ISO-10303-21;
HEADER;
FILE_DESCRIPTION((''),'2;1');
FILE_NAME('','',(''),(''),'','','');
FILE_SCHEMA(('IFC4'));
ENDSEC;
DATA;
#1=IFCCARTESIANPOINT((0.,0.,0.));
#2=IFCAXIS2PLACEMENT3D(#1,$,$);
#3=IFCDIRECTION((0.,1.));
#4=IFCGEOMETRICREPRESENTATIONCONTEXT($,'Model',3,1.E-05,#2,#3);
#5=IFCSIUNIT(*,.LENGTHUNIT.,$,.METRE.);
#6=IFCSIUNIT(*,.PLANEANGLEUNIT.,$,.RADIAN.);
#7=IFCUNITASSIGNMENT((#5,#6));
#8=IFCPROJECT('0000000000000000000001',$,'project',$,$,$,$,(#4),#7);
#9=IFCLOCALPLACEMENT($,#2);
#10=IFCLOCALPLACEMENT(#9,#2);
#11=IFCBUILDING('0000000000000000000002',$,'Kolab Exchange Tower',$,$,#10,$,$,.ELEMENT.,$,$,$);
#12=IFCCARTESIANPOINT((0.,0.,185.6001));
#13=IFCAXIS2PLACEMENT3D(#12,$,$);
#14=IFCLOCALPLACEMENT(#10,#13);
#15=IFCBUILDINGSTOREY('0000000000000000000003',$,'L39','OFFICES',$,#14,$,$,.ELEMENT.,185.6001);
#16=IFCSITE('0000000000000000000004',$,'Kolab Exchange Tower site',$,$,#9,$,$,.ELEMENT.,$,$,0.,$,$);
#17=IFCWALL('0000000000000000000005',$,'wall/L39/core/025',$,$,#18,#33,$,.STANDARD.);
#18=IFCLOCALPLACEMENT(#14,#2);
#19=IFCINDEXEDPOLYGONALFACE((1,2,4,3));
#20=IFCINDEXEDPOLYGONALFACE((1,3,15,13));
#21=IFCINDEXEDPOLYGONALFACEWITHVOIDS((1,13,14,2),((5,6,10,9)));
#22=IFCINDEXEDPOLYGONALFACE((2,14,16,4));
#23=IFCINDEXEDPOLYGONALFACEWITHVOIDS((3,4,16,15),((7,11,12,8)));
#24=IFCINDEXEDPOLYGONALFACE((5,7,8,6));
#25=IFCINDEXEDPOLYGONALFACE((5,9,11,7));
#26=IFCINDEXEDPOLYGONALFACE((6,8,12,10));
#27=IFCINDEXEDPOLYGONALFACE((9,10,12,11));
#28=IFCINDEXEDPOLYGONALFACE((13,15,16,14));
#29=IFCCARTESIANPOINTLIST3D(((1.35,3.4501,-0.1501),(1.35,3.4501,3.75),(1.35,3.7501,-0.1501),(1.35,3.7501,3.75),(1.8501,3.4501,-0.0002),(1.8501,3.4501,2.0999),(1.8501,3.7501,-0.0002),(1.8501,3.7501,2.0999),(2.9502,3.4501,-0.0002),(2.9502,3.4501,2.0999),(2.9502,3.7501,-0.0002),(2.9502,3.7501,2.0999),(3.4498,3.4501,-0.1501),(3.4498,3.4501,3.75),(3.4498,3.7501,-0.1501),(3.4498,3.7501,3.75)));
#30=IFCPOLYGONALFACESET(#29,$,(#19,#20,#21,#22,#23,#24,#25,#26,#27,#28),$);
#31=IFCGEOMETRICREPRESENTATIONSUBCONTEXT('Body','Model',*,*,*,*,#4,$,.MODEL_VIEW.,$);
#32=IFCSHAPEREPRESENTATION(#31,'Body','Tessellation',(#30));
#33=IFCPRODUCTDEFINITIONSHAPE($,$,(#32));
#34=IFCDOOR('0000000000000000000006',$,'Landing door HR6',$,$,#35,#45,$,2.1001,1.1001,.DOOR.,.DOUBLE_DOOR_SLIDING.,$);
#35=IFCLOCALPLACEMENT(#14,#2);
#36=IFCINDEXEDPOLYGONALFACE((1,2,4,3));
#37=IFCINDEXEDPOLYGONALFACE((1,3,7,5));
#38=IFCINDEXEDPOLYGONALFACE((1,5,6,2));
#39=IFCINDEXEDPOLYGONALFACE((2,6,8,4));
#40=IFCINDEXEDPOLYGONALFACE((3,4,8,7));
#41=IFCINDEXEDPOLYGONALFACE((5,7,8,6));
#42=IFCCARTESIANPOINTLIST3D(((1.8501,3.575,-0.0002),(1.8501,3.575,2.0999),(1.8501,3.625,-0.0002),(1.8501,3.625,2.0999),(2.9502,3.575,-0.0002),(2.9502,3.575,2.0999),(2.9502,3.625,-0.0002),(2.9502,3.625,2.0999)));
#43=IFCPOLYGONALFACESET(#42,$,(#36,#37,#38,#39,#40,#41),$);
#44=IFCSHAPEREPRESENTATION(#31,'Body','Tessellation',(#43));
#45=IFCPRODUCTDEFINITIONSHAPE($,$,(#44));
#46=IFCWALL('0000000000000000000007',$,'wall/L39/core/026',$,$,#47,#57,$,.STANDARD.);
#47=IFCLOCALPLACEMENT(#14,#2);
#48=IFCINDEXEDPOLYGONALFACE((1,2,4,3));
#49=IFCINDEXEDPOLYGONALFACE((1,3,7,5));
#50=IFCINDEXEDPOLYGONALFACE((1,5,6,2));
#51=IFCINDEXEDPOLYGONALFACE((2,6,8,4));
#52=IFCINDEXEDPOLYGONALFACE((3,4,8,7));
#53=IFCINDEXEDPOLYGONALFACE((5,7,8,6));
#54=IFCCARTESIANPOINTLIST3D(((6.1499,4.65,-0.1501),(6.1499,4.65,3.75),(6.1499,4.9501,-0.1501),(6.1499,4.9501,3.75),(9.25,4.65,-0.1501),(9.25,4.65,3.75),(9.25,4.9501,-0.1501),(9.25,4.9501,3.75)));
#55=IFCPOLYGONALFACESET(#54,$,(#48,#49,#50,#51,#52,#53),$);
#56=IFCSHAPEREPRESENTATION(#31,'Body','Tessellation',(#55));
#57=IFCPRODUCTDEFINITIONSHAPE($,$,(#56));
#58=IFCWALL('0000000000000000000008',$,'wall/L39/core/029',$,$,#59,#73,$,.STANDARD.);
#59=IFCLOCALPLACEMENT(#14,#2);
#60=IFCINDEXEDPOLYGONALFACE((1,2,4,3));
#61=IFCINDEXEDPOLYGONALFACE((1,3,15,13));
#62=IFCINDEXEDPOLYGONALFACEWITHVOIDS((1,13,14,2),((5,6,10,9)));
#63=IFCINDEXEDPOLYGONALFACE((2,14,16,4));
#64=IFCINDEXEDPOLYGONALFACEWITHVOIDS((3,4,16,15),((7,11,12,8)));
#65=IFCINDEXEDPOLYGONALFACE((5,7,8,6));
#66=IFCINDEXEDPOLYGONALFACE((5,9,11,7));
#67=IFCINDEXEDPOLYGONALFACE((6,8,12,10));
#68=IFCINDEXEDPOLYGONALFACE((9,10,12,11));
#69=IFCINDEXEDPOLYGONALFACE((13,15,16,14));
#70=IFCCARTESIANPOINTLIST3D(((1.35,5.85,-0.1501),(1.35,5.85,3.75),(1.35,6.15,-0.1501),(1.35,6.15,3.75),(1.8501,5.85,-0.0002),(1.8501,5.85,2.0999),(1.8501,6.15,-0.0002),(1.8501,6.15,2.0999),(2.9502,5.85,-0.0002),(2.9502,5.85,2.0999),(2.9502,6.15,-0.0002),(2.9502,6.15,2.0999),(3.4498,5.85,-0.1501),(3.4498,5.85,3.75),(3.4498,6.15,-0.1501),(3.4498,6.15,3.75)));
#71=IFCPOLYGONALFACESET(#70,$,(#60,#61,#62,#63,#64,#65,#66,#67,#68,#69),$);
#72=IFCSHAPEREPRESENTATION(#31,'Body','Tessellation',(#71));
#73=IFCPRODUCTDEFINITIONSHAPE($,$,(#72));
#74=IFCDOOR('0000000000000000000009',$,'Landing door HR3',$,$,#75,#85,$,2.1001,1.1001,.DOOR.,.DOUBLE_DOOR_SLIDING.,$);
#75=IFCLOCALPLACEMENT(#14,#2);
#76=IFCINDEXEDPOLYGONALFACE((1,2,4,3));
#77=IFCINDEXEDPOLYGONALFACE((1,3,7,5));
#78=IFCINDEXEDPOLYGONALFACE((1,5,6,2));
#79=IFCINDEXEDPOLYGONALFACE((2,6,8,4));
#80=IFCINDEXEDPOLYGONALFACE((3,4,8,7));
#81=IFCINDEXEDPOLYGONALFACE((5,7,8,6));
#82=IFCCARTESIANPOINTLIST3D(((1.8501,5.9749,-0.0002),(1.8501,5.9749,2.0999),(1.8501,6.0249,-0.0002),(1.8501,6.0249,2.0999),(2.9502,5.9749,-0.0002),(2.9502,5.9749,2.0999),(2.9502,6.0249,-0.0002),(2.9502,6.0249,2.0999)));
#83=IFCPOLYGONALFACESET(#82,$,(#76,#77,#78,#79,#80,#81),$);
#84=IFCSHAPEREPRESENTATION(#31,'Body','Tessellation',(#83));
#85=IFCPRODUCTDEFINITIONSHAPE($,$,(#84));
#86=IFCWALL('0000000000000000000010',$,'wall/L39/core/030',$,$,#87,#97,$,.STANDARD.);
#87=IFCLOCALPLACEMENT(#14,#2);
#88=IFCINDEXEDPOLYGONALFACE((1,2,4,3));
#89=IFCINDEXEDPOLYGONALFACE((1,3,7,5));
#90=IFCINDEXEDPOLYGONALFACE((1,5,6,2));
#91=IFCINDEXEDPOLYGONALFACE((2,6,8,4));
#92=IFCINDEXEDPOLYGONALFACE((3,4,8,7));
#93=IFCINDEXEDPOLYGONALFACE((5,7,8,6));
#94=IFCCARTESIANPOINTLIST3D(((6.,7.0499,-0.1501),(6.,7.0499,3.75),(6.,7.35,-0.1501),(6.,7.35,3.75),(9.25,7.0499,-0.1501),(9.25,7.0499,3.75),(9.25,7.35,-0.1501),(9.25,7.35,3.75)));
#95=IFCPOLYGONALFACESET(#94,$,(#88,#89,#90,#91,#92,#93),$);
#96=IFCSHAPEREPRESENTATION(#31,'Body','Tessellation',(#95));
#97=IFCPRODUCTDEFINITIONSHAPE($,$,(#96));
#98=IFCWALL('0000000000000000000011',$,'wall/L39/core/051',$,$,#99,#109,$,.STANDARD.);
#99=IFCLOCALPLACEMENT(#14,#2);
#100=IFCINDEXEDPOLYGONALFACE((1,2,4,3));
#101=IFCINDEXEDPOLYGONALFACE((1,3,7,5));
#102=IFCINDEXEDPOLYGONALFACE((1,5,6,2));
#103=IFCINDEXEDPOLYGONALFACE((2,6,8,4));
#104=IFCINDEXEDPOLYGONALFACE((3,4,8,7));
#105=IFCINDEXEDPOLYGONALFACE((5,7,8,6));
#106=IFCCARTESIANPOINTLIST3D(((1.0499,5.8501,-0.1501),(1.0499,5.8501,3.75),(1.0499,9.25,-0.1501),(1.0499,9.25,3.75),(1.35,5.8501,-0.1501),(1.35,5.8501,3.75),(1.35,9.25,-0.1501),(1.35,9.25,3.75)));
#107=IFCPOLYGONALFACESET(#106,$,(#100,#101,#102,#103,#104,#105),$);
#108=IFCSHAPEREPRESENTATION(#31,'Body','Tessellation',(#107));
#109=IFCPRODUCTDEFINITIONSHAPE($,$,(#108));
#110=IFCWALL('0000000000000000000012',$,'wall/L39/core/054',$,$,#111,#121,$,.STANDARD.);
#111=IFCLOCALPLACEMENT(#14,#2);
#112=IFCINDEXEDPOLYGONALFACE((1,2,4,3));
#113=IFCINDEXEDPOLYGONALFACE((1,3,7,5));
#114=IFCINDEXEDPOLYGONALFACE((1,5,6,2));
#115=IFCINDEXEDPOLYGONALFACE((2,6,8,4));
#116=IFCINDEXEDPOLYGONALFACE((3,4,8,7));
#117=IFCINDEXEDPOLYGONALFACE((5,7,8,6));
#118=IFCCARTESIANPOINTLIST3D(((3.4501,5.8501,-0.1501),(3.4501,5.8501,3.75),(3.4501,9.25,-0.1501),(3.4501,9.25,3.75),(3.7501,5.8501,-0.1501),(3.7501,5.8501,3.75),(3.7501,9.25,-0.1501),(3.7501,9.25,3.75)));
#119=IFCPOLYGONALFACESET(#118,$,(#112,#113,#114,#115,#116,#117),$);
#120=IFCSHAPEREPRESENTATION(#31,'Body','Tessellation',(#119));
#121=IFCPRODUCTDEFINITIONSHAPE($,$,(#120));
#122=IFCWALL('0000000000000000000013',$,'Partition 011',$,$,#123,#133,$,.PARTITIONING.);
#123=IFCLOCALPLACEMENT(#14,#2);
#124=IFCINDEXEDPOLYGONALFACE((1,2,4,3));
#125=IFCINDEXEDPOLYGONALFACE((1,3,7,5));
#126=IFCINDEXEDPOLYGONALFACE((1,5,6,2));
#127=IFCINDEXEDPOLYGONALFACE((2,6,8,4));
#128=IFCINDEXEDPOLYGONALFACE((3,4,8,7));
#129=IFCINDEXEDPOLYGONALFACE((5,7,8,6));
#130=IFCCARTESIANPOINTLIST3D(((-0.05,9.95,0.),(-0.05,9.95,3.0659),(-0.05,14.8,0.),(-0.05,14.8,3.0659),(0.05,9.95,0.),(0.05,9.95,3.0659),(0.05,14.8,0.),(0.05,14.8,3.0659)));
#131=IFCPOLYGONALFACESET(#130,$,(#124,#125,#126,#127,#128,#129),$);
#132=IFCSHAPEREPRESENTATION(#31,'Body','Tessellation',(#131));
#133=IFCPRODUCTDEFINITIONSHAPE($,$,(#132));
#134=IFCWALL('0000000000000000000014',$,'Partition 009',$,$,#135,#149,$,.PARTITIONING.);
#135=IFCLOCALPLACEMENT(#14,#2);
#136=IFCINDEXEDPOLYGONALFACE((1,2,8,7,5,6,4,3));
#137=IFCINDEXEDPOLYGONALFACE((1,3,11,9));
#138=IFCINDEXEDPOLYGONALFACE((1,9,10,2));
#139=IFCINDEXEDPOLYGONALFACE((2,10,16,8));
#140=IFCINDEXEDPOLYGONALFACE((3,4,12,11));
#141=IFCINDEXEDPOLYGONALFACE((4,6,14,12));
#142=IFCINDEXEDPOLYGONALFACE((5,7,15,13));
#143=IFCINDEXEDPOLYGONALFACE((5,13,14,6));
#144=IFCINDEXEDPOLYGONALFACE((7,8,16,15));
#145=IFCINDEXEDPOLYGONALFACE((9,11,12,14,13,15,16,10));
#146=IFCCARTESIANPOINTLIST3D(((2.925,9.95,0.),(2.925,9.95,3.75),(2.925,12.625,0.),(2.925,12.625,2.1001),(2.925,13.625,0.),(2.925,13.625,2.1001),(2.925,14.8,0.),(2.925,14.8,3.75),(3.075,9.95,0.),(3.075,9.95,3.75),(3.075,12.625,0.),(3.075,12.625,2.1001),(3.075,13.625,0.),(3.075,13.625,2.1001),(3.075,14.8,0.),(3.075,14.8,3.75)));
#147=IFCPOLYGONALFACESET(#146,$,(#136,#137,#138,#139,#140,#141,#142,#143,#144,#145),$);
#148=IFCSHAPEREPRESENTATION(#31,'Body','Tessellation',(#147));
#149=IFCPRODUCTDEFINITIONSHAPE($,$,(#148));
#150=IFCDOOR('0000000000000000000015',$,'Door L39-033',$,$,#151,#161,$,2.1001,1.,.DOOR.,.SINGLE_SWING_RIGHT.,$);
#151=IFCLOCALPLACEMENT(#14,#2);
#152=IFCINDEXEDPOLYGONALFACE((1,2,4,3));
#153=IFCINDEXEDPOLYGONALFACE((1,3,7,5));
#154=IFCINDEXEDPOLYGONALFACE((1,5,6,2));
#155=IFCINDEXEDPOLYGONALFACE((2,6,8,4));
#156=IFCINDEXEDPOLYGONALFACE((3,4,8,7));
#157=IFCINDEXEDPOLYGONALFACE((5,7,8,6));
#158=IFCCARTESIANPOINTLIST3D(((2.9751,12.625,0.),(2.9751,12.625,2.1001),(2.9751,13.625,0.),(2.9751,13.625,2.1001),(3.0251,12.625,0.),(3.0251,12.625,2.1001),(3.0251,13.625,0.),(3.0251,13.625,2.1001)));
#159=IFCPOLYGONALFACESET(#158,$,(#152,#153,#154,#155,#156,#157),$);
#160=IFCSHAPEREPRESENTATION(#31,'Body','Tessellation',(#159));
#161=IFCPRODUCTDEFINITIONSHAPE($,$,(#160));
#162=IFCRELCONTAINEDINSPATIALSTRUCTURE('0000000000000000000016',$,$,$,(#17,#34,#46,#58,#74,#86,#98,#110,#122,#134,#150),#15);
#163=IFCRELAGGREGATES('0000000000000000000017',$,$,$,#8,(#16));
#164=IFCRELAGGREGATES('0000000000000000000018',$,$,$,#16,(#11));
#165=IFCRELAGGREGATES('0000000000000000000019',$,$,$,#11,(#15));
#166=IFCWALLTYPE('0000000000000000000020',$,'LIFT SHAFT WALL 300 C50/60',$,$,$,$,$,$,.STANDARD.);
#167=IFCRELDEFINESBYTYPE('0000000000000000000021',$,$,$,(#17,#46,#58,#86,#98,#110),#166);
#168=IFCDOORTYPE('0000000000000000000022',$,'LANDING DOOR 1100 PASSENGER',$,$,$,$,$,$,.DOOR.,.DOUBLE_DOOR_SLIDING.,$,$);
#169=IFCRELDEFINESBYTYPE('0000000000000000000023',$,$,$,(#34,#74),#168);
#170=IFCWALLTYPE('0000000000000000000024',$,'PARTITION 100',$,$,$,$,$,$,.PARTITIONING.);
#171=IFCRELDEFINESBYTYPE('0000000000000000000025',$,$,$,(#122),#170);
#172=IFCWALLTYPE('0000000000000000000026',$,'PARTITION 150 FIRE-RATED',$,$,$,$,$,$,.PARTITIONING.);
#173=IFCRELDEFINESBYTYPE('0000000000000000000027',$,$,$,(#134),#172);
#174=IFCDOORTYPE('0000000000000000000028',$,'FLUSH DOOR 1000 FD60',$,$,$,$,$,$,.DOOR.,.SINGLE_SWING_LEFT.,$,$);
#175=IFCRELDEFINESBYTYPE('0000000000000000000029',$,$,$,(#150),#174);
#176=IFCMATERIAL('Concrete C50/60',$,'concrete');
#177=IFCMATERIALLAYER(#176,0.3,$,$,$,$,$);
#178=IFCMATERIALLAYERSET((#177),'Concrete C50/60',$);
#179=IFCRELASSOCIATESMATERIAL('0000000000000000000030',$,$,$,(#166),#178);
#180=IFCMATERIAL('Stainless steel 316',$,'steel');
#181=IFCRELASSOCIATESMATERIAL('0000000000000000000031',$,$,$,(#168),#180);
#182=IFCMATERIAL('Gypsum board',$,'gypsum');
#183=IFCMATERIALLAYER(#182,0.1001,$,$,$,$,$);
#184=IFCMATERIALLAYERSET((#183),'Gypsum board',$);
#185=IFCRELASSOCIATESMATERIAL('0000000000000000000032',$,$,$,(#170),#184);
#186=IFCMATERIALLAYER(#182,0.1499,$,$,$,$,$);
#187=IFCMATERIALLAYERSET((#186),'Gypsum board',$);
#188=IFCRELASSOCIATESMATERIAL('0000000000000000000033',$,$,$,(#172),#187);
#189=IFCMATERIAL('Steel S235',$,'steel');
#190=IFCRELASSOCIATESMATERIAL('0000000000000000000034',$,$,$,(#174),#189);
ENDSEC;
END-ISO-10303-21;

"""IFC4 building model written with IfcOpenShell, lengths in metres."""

from ifc_helpers import new_model, si_unit, direction, frame, frame_2d, origin, place, context, subcontext, project, spatial, rectangle, extrude, material, layer, layer_set, type_object, element, fill, save


model = new_model("IFC4")

# Units and contexts
model_context = context("Model", 3, precision=1e-05, world=origin(), true_north=direction((0.0, 1.0)))
body_context = subcontext(model_context, "Body", "Model", "MODEL_VIEW")
ifc_project = project(units=[si_unit("LENGTHUNIT", "METRE"), si_unit("PLANEANGLEUNIT", "RADIAN")], contexts=[model_context])

# Site, building, storey
site_placement = place(None, origin())
site = spatial("IfcSite", under=ifc_project, at=site_placement, Name="Kolab Exchange Tower site", CompositionType="ELEMENT", RefElevation=0.0)
building_placement = place(site_placement, origin())
building = spatial("IfcBuilding", under=site, at=building_placement, Name="Kolab Exchange Tower", CompositionType="ELEMENT")
storey_placement = place(building_placement, frame((0.0, 0.0, 185.6001)))
storey = spatial("IfcBuildingStorey", under=building, at=storey_placement, Name="L39", Description="OFFICES", CompositionType="ELEMENT", Elevation=185.6001)

# Shared definitions
ifc_material_1 = material(Name="Concrete C50/60", Category="concrete")

# Shared definitions
ifc_layer_1 = layer(ifc_material_1, 0.3)
ifc_layer_set_1 = layer_set([ifc_layer_1], Name="Concrete C50/60")
wall_type_1 = type_object("IfcWallType", Name="LIFT SHAFT WALL 300 C50/60", PredefinedType="STANDARD", material=ifc_layer_set_1)

# Wall, opening, door
wall_1_placement = place(storey_placement, frame((1.3501, 3.6001, -0.1501), z_axis=(0.0, 0.0, 1.0), x_axis=(1.0, 0.0, 0.0)))
wall_1 = element("IfcWall", 1, at=wall_1_placement, inside=storey, type_object=wall_type_1, Name="wall/L39/core/025", PredefinedType="STANDARD", context=body_context, shape_type="SweptSolid", body=[
    extrude(rectangle(XDim=2.0999, YDim=0.3, at=frame_2d((1.0498, 0.0))), origin(), (0.0, 0.0, 1.0), 3.9001),
])
opening_1_placement = place(wall_1_placement, frame((0.5, 0.0, 0.1499)))
opening_1 = element("IfcOpeningElement", 2, at=opening_1_placement, cuts=wall_1, PredefinedType="OPENING", context=body_context, shape_type="SweptSolid", body=[
    extrude(rectangle(XDim=1.1001, YDim=2.1001, at=frame_2d((0.55, 1.05))), frame((0.0, 0.1602, 0.0), z_axis=(0.0, -1.0, 0.0), x_axis=(1.0, 0.0, 0.0)), (0.0, 0.0, 1.0), 0.3201),
])
ifc_material_2 = material(Name="Stainless steel 316", Category="steel")
door_type_1 = type_object("IfcDoorType", Name="LANDING DOOR 1100 PASSENGER", OperationType="DOUBLE_DOOR_SLIDING", PredefinedType="DOOR", material=ifc_material_2)
door_1_placement = place(opening_1_placement, origin())
door_1 = element("IfcDoor", 3, at=door_1_placement, inside=storey, type_object=door_type_1, Name="Landing door HR6", OperationType="DOUBLE_DOOR_SLIDING", OverallHeight=2.1001, OverallWidth=1.1001, PredefinedType="DOOR", context=body_context, shape_type="SweptSolid", body=[
    extrude(rectangle(XDim=1.1001, YDim=2.1001, at=frame_2d((0.55, 1.05))), frame((0.0, 0.0249, 0.0), z_axis=(0.0, -1.0, 0.0), x_axis=(1.0, 0.0, 0.0)), (0.0, 0.0, 1.0), 0.05),
])
fill(opening_1, door_1)

# Wall
wall_2_placement = place(storey_placement, frame((6.1499, 4.8, -0.1501), z_axis=(0.0, 0.0, 1.0), x_axis=(1.0, 0.0, 0.0)))
element("IfcWall", 4, at=wall_2_placement, inside=storey, type_object=wall_type_1, Name="wall/L39/core/026", PredefinedType="STANDARD", context=body_context, shape_type="SweptSolid", body=[
    extrude(rectangle(XDim=3.1001, YDim=0.3, at=frame_2d((1.55, 0.0))), origin(), (0.0, 0.0, 1.0), 3.9001),
])

# Wall, opening, door
wall_3_placement = place(storey_placement, frame((1.3501, 6.0, -0.1501), z_axis=(0.0, 0.0, 1.0), x_axis=(1.0, 0.0, 0.0)))
wall_3 = element("IfcWall", 5, at=wall_3_placement, inside=storey, type_object=wall_type_1, Name="wall/L39/core/029", PredefinedType="STANDARD", context=body_context, shape_type="SweptSolid", body=[
    extrude(rectangle(XDim=2.0999, YDim=0.3, at=frame_2d((1.0498, 0.0))), origin(), (0.0, 0.0, 1.0), 3.9001),
])
opening_2_placement = place(wall_3_placement, frame((0.5, 0.0, 0.1499)))
opening_2 = element("IfcOpeningElement", 6, at=opening_2_placement, cuts=wall_3, PredefinedType="OPENING", context=body_context, shape_type="SweptSolid", body=[
    extrude(rectangle(XDim=1.1001, YDim=2.1001, at=frame_2d((0.55, 1.05))), frame((0.0, 0.1602, 0.0), z_axis=(0.0, -1.0, 0.0), x_axis=(1.0, 0.0, 0.0)), (0.0, 0.0, 1.0), 0.3201),
])
door_2_placement = place(opening_2_placement, origin())
door_2 = element("IfcDoor", 7, at=door_2_placement, inside=storey, type_object=door_type_1, Name="Landing door HR3", OperationType="DOUBLE_DOOR_SLIDING", OverallHeight=2.1001, OverallWidth=1.1001, PredefinedType="DOOR", context=body_context, shape_type="SweptSolid", body=[
    extrude(rectangle(XDim=1.1001, YDim=2.1001, at=frame_2d((0.55, 1.05))), frame((0.0, 0.0249, 0.0), z_axis=(0.0, -1.0, 0.0), x_axis=(1.0, 0.0, 0.0)), (0.0, 0.0, 1.0), 0.05),
])
fill(opening_2, door_2)

# Walls
wall_4_placement = place(storey_placement, frame((6.0, 7.2, -0.1501), z_axis=(0.0, 0.0, 1.0), x_axis=(1.0, 0.0, 0.0)))
element("IfcWall", 8, at=wall_4_placement, inside=storey, type_object=wall_type_1, Name="wall/L39/core/030", PredefinedType="STANDARD", context=body_context, shape_type="SweptSolid", body=[
    extrude(rectangle(XDim=3.25, YDim=0.3, at=frame_2d((1.625, 0.0))), origin(), (0.0, 0.0, 1.0), 3.9001),
])
for number, where, z_axis, x_axis, name in (
    (9, (1.2, 5.8501, -0.1501), (0.0, 0.0, 1.0), (0.0, 1.0, 0.0), "wall/L39/core/051"),
    (10, (3.6001, 5.8501, -0.1501), (0.0, 0.0, 1.0), (0.0, 1.0, 0.0), "wall/L39/core/054"),
):
    element("IfcWall", number, at=place(storey_placement, frame(where, z_axis=z_axis, x_axis=x_axis)), inside=storey, type_object=wall_type_1, Name=name, PredefinedType="STANDARD", context=body_context, shape_type="SweptSolid", body=[
        extrude(rectangle(XDim=3.3999, YDim=0.3, at=frame_2d((1.7, 0.0))), origin(), (0.0, 0.0, 1.0), 3.9001),
    ])
ifc_material_3 = material(Name="Gypsum board", Category="gypsum")
ifc_layer_2 = layer(ifc_material_3, 0.1001)
ifc_layer_set_2 = layer_set([ifc_layer_2], Name="Gypsum board")
wall_type_2 = type_object("IfcWallType", Name="PARTITION 100", PredefinedType="PARTITIONING", material=ifc_layer_set_2)
wall_5_placement = place(storey_placement, frame((0.0, 9.95, 0.0), z_axis=(0.0, 0.0, 1.0), x_axis=(0.0, 1.0, 0.0)))
element("IfcWall", 11, at=wall_5_placement, inside=storey, type_object=wall_type_2, Name="Partition 011", PredefinedType="PARTITIONING", context=body_context, shape_type="SweptSolid", body=[
    extrude(rectangle(XDim=4.8501, YDim=0.1001, at=frame_2d((2.425, 0.0))), origin(), (0.0, 0.0, 1.0), 3.0659),
])

# Wall, opening, door
ifc_layer_3 = layer(ifc_material_3, 0.1499)
ifc_layer_set_3 = layer_set([ifc_layer_3], Name="Gypsum board")
wall_type_3 = type_object("IfcWallType", Name="PARTITION 150 FIRE-RATED", PredefinedType="PARTITIONING", material=ifc_layer_set_3)
wall_6_placement = place(storey_placement, frame((3.0, 9.95, 0.0), z_axis=(0.0, 0.0, 1.0), x_axis=(0.0, 1.0, 0.0)))
wall_6 = element("IfcWall", 12, at=wall_6_placement, inside=storey, type_object=wall_type_3, Name="Partition 009", PredefinedType="PARTITIONING", context=body_context, shape_type="SweptSolid", body=[
    extrude(rectangle(XDim=4.8501, YDim=0.1499, at=frame_2d((2.425, 0.0))), origin(), (0.0, 0.0, 1.0), 3.75),
])
opening_3_placement = place(wall_6_placement, frame((2.675, 0.0, 0.0)))
opening_3 = element("IfcOpeningElement", 13, at=opening_3_placement, cuts=wall_6, PredefinedType="OPENING", context=body_context, shape_type="SweptSolid", body=[
    extrude(rectangle(XDim=1.0, YDim=2.1001, at=frame_2d((0.5, 1.05))), frame((0.0, 0.085, 0.0), z_axis=(0.0, -1.0, 0.0), x_axis=(1.0, 0.0, 0.0)), (0.0, 0.0, 1.0), 0.1699),
])
ifc_material_4 = material(Name="Steel S235", Category="steel")
door_type_2 = type_object("IfcDoorType", Name="FLUSH DOOR 1000 FD60", OperationType="SINGLE_SWING_LEFT", PredefinedType="DOOR", material=ifc_material_4)
door_3_placement = place(opening_3_placement, origin())
door_3 = element("IfcDoor", 14, at=door_3_placement, inside=storey, type_object=door_type_2, Name="Door L39-033", OperationType="SINGLE_SWING_RIGHT", OverallHeight=2.1001, OverallWidth=1.0, PredefinedType="DOOR", context=body_context, shape_type="SweptSolid", body=[
    extrude(rectangle(XDim=1.0, YDim=2.1001, at=frame_2d((0.5, 1.05))), frame((0.0, 0.0249, 0.0), z_axis=(0.0, -1.0, 0.0), x_axis=(1.0, 0.0, 0.0)), (0.0, 0.0, 1.0), 0.05),
])
fill(opening_3, door_3)

save(model, "model.ifc")
